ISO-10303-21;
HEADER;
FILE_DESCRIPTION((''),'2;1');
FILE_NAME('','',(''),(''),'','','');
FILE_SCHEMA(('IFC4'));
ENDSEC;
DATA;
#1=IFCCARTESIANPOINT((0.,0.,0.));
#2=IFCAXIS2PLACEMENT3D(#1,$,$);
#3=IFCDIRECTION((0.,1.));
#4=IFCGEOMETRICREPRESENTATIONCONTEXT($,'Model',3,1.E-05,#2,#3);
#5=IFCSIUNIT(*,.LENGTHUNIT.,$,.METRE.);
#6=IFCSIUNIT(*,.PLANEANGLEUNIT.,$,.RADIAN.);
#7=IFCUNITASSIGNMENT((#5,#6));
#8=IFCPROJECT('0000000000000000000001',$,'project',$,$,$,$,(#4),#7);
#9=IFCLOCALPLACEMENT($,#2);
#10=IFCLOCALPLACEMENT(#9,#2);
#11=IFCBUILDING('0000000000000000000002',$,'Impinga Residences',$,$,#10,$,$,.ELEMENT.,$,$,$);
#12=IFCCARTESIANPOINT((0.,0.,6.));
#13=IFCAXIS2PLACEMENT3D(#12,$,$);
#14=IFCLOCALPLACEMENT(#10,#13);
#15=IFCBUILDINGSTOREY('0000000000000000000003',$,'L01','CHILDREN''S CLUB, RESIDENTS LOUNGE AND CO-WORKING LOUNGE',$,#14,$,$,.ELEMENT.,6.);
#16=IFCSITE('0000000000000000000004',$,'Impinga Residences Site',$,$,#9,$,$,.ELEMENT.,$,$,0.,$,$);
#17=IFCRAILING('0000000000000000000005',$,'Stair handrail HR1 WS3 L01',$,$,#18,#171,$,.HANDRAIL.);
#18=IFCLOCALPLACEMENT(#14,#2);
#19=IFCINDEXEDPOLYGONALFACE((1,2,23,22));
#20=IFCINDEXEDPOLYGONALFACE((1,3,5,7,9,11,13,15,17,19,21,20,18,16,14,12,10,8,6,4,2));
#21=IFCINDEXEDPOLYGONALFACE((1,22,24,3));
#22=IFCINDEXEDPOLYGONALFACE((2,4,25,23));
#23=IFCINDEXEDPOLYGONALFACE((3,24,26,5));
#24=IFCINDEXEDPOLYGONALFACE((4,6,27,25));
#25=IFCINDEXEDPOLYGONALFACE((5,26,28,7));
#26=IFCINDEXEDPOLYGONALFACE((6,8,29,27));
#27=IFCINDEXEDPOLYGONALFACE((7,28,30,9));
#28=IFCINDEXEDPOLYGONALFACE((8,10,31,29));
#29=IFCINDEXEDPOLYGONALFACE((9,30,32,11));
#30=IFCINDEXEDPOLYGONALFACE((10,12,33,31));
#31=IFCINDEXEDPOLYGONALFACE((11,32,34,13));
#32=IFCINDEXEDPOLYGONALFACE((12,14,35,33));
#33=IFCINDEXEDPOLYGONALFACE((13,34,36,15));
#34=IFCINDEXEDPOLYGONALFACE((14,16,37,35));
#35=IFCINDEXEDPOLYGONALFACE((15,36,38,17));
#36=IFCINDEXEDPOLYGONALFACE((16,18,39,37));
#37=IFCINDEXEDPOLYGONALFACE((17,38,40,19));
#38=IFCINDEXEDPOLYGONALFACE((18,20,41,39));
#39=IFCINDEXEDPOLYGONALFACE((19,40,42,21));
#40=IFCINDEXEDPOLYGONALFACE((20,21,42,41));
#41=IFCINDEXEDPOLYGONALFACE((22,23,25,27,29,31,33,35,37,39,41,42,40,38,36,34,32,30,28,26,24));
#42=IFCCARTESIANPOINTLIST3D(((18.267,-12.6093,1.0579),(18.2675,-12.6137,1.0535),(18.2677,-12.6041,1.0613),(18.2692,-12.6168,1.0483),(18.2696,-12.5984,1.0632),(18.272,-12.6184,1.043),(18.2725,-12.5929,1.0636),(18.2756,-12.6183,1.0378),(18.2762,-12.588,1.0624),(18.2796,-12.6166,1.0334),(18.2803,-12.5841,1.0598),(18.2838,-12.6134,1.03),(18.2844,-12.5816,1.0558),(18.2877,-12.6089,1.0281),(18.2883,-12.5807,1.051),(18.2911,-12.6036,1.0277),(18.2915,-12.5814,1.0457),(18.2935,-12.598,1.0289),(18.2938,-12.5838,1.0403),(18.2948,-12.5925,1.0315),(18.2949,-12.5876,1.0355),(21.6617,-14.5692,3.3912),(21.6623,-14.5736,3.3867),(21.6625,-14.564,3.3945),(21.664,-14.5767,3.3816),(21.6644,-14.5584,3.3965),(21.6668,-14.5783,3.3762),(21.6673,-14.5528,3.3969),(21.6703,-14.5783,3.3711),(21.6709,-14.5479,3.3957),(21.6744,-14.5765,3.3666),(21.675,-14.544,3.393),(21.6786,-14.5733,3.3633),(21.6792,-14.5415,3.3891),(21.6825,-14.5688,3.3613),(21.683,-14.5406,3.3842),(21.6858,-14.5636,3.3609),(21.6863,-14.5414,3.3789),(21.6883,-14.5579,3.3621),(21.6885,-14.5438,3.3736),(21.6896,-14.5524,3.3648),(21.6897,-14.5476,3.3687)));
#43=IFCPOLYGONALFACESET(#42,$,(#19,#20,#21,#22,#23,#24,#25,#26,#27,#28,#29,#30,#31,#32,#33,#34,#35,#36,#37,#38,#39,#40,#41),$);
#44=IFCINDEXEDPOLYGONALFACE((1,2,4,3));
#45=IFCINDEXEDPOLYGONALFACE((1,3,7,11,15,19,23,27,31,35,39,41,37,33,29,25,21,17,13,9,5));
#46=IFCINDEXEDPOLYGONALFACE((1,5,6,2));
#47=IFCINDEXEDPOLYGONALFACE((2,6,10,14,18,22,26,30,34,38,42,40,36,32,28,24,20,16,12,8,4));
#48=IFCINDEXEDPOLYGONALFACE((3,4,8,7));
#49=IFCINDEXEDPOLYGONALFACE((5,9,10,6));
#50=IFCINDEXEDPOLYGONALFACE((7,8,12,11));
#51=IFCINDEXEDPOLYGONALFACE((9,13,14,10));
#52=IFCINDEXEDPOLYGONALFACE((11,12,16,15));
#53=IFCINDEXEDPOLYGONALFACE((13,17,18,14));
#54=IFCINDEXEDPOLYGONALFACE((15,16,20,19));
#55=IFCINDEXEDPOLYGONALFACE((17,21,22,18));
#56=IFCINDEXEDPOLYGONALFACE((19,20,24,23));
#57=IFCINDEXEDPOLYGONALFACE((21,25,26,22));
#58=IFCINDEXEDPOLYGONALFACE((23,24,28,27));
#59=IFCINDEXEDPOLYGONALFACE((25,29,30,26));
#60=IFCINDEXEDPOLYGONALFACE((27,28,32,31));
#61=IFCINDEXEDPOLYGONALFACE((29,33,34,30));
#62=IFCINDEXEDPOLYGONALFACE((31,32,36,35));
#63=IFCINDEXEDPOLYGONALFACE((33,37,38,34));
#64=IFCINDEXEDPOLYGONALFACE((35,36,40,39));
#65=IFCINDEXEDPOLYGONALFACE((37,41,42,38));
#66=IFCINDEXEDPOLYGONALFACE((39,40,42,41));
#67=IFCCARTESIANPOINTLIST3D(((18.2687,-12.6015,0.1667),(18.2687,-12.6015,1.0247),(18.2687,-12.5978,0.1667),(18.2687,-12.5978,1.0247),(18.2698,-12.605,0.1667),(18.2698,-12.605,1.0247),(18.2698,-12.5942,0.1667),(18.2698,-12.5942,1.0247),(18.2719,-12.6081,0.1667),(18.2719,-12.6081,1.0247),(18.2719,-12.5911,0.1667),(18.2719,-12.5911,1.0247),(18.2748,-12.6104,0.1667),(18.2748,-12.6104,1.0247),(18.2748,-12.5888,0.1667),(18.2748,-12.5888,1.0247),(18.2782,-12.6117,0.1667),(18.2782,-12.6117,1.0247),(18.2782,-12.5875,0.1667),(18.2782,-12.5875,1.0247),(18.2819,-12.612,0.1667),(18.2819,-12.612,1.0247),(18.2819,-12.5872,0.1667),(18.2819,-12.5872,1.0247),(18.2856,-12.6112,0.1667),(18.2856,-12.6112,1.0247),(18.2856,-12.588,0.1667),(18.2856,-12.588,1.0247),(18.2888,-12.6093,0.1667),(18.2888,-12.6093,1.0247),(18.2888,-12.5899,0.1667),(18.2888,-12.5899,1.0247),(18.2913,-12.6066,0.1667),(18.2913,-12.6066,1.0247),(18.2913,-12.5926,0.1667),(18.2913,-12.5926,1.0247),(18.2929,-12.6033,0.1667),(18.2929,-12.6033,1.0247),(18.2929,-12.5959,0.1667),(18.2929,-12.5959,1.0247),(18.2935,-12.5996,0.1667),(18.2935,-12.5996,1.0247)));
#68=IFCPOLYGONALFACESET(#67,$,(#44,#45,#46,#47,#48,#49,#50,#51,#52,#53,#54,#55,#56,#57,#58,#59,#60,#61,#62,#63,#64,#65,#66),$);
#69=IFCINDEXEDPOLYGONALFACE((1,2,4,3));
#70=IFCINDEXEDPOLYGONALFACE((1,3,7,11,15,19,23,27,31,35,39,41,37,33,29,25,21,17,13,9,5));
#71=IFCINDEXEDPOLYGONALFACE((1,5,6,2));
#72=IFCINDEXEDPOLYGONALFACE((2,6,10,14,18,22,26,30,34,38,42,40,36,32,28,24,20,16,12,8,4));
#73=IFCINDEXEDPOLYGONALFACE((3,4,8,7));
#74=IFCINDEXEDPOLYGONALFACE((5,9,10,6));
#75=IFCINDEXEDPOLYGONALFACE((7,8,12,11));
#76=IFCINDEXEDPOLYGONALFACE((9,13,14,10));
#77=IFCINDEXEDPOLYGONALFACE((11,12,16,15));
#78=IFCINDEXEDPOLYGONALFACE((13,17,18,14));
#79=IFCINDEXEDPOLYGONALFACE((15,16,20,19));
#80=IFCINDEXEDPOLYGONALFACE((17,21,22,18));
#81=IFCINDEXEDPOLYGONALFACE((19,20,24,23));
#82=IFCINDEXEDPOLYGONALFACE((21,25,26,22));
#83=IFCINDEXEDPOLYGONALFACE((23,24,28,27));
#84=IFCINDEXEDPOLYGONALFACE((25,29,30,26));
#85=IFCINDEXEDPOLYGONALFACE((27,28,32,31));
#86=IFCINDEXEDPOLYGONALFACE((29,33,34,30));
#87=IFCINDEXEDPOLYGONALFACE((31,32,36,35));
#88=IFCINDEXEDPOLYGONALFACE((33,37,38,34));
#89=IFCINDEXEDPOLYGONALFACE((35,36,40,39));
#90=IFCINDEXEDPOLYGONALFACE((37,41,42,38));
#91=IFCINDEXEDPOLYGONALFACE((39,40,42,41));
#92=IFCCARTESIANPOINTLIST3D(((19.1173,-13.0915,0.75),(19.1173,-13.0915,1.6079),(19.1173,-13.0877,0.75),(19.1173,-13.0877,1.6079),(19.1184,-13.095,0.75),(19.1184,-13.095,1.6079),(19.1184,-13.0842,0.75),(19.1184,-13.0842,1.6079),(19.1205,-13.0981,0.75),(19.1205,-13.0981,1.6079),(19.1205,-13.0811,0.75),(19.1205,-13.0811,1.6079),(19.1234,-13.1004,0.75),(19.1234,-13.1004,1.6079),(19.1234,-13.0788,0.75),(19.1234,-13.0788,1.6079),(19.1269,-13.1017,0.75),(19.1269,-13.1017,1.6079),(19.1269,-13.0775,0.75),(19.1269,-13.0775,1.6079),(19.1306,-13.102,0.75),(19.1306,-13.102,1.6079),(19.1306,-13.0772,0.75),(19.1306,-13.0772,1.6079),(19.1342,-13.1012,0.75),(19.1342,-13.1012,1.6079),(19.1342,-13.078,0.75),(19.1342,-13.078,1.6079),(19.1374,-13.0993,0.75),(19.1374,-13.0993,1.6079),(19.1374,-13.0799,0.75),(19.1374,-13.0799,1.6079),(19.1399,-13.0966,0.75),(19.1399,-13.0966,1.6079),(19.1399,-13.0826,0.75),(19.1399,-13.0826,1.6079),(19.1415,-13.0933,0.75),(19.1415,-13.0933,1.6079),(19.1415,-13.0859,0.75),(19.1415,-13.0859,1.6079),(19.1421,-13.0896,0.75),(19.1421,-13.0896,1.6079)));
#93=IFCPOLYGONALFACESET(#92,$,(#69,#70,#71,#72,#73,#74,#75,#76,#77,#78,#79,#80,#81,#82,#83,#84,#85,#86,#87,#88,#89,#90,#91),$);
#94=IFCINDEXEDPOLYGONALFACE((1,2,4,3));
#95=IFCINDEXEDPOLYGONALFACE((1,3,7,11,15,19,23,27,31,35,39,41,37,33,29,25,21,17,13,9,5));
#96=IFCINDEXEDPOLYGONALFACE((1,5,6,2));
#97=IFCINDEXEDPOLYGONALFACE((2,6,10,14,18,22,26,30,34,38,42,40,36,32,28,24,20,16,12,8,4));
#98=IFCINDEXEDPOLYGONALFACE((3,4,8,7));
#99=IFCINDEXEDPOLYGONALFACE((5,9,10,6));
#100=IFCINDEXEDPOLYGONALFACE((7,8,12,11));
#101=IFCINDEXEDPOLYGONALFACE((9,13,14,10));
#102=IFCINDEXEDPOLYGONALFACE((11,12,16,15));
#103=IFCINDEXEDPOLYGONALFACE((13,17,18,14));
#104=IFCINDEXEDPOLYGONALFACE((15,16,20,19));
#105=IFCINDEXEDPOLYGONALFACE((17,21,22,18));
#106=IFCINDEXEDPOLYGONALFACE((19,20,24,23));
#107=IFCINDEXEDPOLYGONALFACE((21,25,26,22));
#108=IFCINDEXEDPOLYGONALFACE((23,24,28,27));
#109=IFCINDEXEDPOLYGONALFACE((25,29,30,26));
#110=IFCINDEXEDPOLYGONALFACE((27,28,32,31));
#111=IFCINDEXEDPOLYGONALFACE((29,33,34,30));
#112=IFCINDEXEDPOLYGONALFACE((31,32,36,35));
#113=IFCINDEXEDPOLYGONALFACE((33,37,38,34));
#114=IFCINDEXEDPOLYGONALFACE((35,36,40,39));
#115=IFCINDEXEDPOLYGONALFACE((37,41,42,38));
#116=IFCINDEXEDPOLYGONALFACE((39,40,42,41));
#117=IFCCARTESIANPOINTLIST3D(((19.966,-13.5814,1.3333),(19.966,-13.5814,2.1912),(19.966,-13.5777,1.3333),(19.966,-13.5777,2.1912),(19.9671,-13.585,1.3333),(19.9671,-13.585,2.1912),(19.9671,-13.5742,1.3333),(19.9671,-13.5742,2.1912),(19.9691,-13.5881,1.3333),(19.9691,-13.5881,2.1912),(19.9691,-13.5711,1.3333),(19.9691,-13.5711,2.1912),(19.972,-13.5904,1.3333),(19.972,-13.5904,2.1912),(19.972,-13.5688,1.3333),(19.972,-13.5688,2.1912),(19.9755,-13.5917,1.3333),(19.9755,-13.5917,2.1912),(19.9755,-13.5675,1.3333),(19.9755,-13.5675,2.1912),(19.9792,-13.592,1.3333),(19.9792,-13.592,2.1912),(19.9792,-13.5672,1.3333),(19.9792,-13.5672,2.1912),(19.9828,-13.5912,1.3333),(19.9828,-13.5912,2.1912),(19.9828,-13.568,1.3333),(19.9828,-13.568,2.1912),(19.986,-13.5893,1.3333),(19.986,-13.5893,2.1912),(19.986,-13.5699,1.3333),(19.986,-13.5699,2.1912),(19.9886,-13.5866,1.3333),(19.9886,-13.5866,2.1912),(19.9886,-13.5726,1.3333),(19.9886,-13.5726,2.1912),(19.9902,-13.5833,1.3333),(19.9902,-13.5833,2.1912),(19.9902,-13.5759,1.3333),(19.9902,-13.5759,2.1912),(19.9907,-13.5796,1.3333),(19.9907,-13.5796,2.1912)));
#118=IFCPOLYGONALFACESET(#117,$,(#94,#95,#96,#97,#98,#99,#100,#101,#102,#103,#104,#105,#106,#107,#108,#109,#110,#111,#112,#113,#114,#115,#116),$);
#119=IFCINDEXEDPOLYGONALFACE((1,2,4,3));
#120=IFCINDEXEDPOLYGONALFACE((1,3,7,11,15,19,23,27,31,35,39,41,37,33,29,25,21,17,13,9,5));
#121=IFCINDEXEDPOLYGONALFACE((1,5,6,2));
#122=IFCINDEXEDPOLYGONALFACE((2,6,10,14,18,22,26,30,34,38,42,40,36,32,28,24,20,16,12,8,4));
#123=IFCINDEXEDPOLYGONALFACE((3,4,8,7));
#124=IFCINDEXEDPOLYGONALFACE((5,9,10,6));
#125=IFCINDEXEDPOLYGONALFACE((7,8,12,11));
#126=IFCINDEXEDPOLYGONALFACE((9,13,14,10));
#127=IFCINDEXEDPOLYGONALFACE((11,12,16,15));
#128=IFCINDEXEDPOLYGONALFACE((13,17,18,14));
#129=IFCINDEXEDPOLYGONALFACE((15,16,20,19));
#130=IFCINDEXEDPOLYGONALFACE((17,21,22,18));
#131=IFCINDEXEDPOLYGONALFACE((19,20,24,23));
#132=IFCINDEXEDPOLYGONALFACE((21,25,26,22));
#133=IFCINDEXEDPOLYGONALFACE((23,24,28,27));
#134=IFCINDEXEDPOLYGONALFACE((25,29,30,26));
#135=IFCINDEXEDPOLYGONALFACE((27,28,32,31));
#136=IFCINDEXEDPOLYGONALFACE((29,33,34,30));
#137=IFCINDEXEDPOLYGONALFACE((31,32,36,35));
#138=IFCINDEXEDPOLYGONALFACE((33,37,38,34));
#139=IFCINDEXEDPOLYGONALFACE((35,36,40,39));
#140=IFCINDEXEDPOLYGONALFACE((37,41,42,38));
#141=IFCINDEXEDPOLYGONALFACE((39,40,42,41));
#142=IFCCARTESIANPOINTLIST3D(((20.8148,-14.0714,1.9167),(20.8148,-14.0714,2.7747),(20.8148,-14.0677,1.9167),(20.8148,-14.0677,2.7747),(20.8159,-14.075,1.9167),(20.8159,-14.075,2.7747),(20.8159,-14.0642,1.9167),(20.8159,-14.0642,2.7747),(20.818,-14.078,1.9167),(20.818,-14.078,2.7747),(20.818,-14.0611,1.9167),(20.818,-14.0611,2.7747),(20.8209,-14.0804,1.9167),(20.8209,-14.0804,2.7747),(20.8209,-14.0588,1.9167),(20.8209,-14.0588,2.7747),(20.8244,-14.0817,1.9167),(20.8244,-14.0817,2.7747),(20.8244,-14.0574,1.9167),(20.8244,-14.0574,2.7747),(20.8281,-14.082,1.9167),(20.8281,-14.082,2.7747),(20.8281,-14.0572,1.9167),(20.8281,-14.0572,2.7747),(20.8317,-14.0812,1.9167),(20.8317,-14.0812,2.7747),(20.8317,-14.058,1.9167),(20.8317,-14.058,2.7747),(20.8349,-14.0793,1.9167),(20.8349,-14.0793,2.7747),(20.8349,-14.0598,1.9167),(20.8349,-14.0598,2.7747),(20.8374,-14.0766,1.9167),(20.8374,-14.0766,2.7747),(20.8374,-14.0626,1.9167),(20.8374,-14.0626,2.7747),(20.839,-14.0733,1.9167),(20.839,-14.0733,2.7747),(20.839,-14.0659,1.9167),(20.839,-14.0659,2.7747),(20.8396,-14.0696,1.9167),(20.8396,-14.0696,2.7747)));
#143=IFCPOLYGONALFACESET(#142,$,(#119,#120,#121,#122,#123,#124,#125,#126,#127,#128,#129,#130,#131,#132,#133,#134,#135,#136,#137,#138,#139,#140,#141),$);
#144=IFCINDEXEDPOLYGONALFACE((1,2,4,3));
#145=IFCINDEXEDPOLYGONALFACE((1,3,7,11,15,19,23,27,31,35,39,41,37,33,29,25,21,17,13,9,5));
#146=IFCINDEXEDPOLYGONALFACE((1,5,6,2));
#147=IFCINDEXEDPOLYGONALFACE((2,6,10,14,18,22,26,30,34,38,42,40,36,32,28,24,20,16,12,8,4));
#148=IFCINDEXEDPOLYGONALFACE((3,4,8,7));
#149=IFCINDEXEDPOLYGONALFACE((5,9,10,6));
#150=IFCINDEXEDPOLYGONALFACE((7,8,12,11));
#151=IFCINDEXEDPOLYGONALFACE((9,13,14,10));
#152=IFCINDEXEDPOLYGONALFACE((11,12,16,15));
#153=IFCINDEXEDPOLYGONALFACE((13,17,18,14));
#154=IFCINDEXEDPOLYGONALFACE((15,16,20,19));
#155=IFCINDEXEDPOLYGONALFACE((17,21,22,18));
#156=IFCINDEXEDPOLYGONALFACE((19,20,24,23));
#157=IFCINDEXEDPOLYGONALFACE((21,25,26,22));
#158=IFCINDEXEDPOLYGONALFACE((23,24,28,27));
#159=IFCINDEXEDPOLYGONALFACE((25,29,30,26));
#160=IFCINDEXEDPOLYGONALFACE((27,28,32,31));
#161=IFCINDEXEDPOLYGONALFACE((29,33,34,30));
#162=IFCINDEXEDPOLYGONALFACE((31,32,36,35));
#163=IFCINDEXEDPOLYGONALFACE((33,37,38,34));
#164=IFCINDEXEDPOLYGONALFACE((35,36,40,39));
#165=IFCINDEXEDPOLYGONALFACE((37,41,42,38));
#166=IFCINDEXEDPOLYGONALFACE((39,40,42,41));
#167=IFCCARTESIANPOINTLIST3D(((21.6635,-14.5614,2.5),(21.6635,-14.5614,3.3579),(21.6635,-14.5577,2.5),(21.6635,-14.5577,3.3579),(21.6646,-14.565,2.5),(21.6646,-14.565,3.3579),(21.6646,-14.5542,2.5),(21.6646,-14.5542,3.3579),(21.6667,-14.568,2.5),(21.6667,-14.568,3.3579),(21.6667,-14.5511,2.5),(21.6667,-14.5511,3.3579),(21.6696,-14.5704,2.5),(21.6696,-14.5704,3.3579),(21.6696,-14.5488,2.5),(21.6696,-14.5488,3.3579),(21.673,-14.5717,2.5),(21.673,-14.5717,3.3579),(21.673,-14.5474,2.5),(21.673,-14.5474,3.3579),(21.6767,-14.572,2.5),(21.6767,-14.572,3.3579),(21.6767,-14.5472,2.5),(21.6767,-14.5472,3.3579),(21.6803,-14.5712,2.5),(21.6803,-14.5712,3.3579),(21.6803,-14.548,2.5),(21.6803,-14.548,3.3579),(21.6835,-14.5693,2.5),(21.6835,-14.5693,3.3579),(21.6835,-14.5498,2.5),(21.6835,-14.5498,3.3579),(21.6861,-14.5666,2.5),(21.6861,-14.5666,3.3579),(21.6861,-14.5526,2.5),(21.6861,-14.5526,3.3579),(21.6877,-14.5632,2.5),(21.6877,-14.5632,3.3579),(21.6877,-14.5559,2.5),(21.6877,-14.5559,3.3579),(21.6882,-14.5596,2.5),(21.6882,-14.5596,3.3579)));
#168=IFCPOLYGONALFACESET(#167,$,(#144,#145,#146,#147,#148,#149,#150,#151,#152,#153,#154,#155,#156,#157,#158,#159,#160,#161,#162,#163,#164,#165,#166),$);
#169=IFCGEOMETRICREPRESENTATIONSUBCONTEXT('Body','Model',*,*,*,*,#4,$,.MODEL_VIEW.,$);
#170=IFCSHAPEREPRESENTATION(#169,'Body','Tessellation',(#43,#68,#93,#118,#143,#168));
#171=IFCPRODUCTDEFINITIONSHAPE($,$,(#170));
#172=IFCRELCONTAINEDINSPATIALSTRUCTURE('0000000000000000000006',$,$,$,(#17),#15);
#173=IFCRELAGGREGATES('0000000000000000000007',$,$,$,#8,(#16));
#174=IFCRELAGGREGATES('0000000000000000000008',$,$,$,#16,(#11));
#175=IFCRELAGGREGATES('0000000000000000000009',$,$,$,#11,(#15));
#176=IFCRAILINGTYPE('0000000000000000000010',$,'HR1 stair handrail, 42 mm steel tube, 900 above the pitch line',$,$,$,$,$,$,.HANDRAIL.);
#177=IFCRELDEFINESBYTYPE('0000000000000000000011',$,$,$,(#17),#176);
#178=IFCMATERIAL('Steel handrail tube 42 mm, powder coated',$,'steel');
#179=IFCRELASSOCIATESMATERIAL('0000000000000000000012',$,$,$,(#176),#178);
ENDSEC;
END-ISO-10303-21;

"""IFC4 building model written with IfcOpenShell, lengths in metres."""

from ifc_helpers import new_model, si_unit, direction, frame, origin, origin_2d, place, context, subcontext, project, spatial, circle, extrude, material, type_object, element, save


model = new_model("IFC4")

# Units and contexts
model_context = context("Model", 3, precision=1e-05, world=origin(), true_north=direction((0.0, 1.0)))
body_context = subcontext(model_context, "Body", "Model", "MODEL_VIEW")
ifc_project = project(units=[si_unit("LENGTHUNIT", "METRE"), si_unit("PLANEANGLEUNIT", "RADIAN")], contexts=[model_context])

# Site, building, storey
site_placement = place(None, origin())
site = spatial("IfcSite", under=ifc_project, at=site_placement, Name="Impinga Residences Site", CompositionType="ELEMENT", RefElevation=0.0)
building_placement = place(site_placement, origin())
building = spatial("IfcBuilding", under=site, at=building_placement, Name="Impinga Residences", CompositionType="ELEMENT")
storey_placement = place(building_placement, frame((0.0, 0.0, 6.0)))
storey = spatial("IfcBuildingStorey", under=building, at=storey_placement, Name="L01", Description="CHILDREN'S CLUB, RESIDENTS LOUNGE AND CO-WORKING LOUNGE", CompositionType="ELEMENT", Elevation=6.0)

# Railing
ifc_material_1 = material(Name="Steel handrail tube 42 mm, powder coated", Category="steel")
railing_type_1 = type_object("IfcRailingType", Name="HR1 stair handrail, 42 mm steel tube, 900 above the pitch line", PredefinedType="HANDRAIL", material=ifc_material_1)
railing_1_placement = place(storey_placement, frame((18.281, -12.5996, 0.1667)))
element("IfcRailing", 1, at=railing_1_placement, inside=storey, type_object=railing_type_1, Name="Stair handrail HR1 WS3 L01", PredefinedType="HANDRAIL", context=body_context, shape_type="SweptSolid", body=[
    extrude(circle(Radius=0.021, at=origin_2d()), frame((0.0, 0.0, 0.8789), z_axis=(0.744175, -0.429646, 0.511476), x_axis=(0.499997, 0.866027, 0.0)), (0.0, 0.0, 1.0), 4.5618),
    extrude(circle(Radius=0.0125, at=origin_2d()), origin(), (0.0, 0.0, 1.0), 0.8579),
    extrude(circle(Radius=0.0125, at=origin_2d()), frame((0.8486, -0.49, 0.5833)), (0.0, 0.0, 1.0), 0.8579),
    extrude(circle(Radius=0.0125, at=origin_2d()), frame((1.6973, -0.98, 1.1665)), (0.0, 0.0, 1.0), 0.8579),
    extrude(circle(Radius=0.0125, at=origin_2d()), frame((2.5461, -1.47, 1.75)), (0.0, 0.0, 1.0), 0.8579),
    extrude(circle(Radius=0.0125, at=origin_2d()), frame((3.3948, -1.96, 2.3333)), (0.0, 0.0, 1.0), 0.8579),
])

save(model, "model.ifc")
